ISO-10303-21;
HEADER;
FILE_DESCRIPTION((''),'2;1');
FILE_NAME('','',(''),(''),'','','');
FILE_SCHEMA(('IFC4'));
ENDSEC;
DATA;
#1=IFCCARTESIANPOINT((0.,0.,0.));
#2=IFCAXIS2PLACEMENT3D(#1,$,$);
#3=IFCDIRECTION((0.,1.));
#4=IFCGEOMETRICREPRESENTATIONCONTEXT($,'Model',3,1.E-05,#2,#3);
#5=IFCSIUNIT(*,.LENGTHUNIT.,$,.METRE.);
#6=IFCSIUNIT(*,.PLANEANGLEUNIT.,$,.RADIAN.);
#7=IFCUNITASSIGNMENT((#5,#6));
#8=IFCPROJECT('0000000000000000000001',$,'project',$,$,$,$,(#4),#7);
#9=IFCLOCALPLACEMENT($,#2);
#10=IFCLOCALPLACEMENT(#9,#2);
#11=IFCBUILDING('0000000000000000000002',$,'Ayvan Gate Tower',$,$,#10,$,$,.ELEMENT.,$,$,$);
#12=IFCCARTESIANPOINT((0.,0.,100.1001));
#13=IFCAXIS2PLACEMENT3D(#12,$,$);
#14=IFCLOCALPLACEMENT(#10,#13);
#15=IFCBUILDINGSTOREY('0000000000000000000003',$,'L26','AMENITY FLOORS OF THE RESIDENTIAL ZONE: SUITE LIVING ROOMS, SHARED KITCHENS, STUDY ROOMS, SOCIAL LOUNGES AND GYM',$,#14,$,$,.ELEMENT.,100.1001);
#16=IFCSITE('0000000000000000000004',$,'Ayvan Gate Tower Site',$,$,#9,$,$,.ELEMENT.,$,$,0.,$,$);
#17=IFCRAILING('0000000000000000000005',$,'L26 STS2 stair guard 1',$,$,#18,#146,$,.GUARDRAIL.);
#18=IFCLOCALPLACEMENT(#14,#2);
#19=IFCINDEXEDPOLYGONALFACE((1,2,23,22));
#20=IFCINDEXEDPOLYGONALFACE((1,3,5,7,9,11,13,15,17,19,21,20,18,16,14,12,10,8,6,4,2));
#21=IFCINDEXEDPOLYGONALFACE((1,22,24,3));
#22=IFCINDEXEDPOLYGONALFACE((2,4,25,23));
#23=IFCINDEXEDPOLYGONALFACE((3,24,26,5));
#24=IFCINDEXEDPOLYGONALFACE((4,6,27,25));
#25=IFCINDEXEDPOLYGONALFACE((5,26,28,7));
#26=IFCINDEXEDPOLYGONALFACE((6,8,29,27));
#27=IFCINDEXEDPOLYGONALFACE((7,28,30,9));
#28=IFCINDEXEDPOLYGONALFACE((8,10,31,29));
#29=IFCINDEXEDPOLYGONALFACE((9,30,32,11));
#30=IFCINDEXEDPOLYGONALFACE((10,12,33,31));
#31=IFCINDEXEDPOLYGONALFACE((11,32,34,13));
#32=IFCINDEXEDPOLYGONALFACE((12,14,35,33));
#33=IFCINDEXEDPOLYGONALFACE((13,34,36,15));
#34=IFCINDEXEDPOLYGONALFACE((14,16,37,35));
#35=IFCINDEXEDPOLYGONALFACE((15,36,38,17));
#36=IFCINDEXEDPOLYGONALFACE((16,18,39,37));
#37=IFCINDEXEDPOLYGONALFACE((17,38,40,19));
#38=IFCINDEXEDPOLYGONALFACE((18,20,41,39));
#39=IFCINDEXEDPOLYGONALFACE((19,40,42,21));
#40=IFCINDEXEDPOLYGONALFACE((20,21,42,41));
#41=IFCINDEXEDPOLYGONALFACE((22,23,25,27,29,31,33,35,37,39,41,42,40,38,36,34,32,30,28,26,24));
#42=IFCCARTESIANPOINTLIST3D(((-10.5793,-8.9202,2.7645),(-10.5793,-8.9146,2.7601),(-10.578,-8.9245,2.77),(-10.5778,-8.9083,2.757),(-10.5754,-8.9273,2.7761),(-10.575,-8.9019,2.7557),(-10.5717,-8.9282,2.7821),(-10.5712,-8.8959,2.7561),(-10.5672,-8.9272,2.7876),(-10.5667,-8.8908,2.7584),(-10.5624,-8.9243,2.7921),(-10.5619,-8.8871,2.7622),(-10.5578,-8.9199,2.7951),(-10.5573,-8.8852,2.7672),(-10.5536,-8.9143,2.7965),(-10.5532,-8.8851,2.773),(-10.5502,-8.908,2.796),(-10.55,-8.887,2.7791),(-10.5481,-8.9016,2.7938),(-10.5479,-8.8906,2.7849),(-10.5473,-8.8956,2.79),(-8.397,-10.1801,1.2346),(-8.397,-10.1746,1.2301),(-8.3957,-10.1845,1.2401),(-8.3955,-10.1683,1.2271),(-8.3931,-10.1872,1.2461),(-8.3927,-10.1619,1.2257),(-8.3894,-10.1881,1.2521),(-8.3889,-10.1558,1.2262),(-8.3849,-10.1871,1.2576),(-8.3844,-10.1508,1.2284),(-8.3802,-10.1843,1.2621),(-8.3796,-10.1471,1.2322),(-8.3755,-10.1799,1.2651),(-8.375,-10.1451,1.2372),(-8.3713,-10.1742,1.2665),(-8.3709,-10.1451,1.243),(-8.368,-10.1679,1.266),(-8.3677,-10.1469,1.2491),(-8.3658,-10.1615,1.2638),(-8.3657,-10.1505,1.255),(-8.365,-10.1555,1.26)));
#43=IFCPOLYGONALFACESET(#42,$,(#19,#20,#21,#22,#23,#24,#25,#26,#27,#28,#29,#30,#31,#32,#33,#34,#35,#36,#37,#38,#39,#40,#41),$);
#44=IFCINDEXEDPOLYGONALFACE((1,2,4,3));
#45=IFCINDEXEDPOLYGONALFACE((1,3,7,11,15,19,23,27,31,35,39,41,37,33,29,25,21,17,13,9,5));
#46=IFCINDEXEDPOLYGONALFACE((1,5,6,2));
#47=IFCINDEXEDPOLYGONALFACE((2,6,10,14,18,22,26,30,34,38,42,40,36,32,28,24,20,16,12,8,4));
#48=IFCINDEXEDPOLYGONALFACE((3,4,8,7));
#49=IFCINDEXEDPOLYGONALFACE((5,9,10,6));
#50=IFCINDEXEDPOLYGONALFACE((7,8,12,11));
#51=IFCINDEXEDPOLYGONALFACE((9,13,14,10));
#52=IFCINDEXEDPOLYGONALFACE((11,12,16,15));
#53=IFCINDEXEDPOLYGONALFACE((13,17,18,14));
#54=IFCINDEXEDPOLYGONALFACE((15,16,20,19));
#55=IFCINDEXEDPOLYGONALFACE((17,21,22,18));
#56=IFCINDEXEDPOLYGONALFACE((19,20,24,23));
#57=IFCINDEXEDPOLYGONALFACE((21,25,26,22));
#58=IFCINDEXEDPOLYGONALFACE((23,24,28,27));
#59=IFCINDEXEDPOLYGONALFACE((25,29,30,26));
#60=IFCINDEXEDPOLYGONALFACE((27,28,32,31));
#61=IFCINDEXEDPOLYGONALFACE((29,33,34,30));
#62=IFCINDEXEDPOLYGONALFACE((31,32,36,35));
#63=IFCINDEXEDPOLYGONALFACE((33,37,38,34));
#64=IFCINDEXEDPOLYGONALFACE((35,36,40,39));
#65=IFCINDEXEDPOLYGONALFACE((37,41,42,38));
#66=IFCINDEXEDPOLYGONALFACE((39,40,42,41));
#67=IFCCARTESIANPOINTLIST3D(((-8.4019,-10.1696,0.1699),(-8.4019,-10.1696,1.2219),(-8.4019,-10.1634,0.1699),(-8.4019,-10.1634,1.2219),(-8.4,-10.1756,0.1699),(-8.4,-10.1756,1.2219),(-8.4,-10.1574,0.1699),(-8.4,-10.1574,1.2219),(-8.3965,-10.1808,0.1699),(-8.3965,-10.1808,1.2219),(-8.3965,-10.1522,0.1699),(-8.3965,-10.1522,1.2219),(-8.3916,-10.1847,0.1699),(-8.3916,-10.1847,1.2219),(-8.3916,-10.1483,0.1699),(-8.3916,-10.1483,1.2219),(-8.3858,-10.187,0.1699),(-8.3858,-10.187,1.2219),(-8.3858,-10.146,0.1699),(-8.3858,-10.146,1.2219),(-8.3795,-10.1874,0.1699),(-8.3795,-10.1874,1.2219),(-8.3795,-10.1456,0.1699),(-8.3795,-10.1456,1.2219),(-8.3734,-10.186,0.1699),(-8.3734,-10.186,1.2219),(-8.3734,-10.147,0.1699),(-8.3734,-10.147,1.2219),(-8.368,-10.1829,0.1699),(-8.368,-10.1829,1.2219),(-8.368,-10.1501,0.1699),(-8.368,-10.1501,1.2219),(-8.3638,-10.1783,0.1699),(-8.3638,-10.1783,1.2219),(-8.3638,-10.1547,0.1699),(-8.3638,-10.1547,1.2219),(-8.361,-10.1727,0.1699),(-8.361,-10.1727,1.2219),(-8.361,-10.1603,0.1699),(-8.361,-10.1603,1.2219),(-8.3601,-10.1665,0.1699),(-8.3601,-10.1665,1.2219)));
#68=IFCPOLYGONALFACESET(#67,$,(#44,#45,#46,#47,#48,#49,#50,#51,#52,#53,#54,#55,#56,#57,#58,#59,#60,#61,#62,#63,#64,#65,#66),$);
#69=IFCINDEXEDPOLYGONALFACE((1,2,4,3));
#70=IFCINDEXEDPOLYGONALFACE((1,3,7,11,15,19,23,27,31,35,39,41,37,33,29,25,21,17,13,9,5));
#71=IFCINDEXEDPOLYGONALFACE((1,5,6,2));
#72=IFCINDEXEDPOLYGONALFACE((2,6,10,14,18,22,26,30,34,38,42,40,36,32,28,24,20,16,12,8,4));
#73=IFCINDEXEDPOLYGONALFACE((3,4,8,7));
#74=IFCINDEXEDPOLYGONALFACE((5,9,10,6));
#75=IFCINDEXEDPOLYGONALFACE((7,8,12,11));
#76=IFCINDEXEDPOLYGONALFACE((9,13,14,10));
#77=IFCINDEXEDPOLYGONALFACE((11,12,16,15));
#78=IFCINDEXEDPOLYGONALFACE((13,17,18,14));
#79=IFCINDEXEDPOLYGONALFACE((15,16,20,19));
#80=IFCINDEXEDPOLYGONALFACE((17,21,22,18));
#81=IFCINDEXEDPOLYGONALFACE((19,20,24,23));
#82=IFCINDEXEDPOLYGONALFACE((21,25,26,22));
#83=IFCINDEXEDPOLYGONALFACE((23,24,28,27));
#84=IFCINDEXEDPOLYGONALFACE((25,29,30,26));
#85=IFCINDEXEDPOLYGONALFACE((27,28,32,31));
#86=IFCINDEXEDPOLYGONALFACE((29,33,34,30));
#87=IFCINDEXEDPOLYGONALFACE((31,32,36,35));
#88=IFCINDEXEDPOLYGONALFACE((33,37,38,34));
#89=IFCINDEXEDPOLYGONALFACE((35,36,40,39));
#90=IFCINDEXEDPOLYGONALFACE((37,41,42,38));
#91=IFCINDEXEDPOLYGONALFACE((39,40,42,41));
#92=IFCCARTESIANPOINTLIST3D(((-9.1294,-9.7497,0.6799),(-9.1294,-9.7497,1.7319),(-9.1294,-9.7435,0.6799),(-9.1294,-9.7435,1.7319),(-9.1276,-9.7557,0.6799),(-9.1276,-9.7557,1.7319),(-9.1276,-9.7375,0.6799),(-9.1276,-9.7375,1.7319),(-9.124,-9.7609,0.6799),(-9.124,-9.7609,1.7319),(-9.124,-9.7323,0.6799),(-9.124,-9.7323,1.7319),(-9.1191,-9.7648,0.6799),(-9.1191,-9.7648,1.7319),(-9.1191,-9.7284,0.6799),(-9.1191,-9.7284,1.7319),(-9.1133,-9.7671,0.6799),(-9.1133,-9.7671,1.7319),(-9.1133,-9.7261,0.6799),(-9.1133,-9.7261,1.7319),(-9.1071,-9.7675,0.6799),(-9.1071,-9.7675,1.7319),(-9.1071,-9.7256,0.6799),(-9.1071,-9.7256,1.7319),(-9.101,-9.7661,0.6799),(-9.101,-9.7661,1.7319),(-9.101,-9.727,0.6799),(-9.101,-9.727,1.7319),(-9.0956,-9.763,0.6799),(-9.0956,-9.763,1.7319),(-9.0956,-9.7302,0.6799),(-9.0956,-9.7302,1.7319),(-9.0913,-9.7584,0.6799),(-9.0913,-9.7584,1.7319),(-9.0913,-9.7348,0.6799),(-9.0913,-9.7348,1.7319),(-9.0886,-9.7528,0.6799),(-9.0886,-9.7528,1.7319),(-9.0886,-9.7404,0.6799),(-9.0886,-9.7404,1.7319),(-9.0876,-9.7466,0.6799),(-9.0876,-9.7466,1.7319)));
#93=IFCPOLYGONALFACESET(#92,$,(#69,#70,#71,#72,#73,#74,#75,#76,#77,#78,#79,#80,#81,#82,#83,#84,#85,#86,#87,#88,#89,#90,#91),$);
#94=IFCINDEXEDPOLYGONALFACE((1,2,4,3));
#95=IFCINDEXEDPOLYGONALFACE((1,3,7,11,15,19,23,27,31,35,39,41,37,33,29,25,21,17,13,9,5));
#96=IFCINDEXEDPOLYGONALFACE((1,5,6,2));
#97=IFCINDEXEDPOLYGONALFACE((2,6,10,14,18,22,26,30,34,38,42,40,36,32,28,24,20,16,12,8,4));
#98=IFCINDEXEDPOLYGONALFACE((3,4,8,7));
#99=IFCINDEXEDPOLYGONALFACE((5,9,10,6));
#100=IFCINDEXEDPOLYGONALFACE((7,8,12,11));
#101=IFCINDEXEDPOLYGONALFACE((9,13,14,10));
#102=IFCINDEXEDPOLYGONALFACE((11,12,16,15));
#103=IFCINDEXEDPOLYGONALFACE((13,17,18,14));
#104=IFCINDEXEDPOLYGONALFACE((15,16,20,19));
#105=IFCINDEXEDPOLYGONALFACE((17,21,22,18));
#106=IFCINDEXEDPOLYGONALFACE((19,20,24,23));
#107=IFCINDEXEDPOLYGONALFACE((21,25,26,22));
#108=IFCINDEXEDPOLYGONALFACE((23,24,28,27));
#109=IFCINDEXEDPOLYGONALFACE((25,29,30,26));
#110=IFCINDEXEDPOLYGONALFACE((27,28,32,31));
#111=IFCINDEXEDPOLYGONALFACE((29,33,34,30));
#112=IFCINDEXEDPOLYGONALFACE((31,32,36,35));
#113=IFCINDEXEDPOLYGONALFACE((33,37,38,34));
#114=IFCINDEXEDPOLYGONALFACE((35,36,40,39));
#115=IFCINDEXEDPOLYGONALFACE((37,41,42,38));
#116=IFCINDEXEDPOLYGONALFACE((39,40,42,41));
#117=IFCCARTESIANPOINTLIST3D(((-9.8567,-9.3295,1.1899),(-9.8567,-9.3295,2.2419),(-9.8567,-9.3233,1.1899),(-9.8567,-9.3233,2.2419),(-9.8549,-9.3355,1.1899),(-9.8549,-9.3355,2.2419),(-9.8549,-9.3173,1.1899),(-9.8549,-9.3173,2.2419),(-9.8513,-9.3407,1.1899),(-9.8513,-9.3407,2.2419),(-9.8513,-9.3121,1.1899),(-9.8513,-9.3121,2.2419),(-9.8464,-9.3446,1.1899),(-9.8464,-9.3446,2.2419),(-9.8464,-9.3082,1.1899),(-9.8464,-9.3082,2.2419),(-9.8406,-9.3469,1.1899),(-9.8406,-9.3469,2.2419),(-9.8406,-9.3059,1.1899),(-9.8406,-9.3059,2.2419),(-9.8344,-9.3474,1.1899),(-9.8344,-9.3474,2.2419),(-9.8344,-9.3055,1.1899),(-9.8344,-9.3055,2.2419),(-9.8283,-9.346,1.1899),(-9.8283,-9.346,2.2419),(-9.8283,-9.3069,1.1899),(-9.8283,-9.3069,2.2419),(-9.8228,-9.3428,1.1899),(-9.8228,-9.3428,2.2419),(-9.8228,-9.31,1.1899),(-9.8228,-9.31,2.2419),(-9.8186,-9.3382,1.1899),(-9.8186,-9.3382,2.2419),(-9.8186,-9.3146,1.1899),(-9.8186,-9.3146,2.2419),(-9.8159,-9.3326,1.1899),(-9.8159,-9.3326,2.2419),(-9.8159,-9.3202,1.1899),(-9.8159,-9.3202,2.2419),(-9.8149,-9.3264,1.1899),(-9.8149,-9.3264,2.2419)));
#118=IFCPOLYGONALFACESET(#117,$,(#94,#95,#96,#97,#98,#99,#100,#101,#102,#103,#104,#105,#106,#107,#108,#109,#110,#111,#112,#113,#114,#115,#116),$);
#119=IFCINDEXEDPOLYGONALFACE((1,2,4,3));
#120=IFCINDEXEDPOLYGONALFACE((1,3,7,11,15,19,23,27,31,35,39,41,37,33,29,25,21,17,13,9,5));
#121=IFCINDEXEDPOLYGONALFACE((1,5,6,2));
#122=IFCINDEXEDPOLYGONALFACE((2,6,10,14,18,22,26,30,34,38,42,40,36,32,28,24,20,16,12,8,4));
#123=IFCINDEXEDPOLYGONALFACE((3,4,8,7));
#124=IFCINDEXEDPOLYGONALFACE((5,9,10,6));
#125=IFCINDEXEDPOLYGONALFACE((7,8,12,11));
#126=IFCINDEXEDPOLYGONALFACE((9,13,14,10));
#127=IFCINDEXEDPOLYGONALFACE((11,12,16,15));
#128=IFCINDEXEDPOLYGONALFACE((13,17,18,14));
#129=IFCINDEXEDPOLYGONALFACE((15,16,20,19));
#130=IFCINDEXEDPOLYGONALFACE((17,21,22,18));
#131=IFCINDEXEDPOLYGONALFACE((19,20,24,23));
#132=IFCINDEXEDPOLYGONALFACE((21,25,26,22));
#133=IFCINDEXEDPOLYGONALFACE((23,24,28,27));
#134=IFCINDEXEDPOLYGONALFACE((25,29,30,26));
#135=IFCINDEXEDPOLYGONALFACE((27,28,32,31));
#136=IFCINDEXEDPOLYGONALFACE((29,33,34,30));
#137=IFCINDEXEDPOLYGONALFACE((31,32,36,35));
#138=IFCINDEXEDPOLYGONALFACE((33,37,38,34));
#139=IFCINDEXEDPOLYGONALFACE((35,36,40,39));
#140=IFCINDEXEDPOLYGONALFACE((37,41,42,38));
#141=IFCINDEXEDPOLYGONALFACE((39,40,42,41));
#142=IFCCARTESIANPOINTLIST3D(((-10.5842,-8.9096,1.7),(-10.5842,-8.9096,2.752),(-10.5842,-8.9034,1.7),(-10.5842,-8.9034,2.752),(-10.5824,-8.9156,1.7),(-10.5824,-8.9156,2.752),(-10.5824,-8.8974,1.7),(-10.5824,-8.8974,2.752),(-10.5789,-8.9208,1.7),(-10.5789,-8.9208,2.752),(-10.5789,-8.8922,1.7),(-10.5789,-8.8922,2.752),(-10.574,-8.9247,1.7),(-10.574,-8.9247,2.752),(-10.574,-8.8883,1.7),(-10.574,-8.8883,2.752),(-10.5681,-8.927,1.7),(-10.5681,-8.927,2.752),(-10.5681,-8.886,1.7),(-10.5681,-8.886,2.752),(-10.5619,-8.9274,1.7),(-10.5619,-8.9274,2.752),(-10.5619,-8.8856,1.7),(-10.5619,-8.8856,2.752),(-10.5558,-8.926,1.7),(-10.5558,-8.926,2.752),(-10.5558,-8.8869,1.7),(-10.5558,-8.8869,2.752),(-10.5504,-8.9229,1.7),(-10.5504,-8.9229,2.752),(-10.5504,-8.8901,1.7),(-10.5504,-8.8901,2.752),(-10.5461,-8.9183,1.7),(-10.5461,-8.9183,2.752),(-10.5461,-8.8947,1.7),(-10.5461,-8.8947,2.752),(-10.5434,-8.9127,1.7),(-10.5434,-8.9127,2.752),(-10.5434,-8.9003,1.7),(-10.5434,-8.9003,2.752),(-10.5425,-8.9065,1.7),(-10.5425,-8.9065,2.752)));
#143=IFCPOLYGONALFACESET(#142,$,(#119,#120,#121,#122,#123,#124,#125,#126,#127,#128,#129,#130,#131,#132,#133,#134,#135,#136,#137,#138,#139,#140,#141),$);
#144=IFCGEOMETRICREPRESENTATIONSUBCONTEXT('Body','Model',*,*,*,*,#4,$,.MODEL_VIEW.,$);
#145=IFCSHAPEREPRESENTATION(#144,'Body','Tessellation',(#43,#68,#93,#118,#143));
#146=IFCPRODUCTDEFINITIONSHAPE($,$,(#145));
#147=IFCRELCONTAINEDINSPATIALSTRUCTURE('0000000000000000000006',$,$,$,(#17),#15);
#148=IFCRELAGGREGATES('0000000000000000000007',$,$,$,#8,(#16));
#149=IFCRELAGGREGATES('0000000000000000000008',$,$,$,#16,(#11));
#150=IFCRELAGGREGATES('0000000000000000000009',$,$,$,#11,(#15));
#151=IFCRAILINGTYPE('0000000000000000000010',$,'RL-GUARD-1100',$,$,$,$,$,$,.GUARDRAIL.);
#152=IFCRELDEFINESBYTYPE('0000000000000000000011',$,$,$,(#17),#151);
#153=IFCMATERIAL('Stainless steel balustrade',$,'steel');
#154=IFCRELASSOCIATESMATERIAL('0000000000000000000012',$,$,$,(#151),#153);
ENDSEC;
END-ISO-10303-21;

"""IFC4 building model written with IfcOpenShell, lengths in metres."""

from ifc_helpers import new_model, si_unit, direction, frame, origin, origin_2d, place, context, subcontext, project, spatial, circle, extrude, material, type_object, element, save


model = new_model("IFC4")

# Units and contexts
model_context = context("Model", 3, precision=1e-05, world=origin(), true_north=direction((0.0, 1.0)))
body_context = subcontext(model_context, "Body", "Model", "MODEL_VIEW")
ifc_project = project(units=[si_unit("LENGTHUNIT", "METRE"), si_unit("PLANEANGLEUNIT", "RADIAN")], contexts=[model_context])

# Site, building, storey
site_placement = place(None, origin())
site = spatial("IfcSite", under=ifc_project, at=site_placement, Name="Ayvan Gate Tower Site", CompositionType="ELEMENT", RefElevation=0.0)
building_placement = place(site_placement, origin())
building = spatial("IfcBuilding", under=site, at=building_placement, Name="Ayvan Gate Tower", CompositionType="ELEMENT")
storey_placement = place(building_placement, frame((0.0, 0.0, 100.1001)))
storey = spatial("IfcBuildingStorey", under=building, at=storey_placement, Name="L26", Description="AMENITY FLOORS OF THE RESIDENTIAL ZONE: SUITE LIVING ROOMS, SHARED KITCHENS, STUDY ROOMS, SOCIAL LOUNGES AND GYM", CompositionType="ELEMENT", Elevation=100.1001)

# Railing
ifc_material_1 = material(Name="Stainless steel balustrade", Category="steel")
railing_type_1 = type_object("IfcRailingType", Name="RL-GUARD-1100", PredefinedType="GUARDRAIL", material=ifc_material_1)
railing_1_placement = place(storey_placement, frame((-8.3811, -10.1665, 0.1699)))
element("IfcRailing", 1, at=railing_1_placement, inside=storey, type_object=railing_type_1, Name="L26 STS2 stair guard 1", PredefinedType="GUARDRAIL", context=body_context, shape_type="SweptSolid", body=[
    extrude(circle(Radius=0.0239, at=origin_2d()), frame((0.0, 0.0, 1.0762), z_axis=(-0.740261, 0.427395, 0.518986), x_axis=(-0.500005, -0.866023, 0.0)), (0.0, 0.0, 1.0), 2.948),
    extrude(circle(Radius=0.021, at=origin_2d()), origin(), (0.0, 0.0, 1.0), 1.052),
    extrude(circle(Radius=0.021, at=origin_2d()), frame((-0.7275, 0.4199, 0.51)), (0.0, 0.0, 1.0), 1.052),
    extrude(circle(Radius=0.021, at=origin_2d()), frame((-1.4548, 0.8401, 1.02)), (0.0, 0.0, 1.0), 1.052),
    extrude(circle(Radius=0.021, at=origin_2d()), frame((-2.1824, 1.26, 1.53)), (0.0, 0.0, 1.0), 1.052),
])

save(model, "model.ifc")
